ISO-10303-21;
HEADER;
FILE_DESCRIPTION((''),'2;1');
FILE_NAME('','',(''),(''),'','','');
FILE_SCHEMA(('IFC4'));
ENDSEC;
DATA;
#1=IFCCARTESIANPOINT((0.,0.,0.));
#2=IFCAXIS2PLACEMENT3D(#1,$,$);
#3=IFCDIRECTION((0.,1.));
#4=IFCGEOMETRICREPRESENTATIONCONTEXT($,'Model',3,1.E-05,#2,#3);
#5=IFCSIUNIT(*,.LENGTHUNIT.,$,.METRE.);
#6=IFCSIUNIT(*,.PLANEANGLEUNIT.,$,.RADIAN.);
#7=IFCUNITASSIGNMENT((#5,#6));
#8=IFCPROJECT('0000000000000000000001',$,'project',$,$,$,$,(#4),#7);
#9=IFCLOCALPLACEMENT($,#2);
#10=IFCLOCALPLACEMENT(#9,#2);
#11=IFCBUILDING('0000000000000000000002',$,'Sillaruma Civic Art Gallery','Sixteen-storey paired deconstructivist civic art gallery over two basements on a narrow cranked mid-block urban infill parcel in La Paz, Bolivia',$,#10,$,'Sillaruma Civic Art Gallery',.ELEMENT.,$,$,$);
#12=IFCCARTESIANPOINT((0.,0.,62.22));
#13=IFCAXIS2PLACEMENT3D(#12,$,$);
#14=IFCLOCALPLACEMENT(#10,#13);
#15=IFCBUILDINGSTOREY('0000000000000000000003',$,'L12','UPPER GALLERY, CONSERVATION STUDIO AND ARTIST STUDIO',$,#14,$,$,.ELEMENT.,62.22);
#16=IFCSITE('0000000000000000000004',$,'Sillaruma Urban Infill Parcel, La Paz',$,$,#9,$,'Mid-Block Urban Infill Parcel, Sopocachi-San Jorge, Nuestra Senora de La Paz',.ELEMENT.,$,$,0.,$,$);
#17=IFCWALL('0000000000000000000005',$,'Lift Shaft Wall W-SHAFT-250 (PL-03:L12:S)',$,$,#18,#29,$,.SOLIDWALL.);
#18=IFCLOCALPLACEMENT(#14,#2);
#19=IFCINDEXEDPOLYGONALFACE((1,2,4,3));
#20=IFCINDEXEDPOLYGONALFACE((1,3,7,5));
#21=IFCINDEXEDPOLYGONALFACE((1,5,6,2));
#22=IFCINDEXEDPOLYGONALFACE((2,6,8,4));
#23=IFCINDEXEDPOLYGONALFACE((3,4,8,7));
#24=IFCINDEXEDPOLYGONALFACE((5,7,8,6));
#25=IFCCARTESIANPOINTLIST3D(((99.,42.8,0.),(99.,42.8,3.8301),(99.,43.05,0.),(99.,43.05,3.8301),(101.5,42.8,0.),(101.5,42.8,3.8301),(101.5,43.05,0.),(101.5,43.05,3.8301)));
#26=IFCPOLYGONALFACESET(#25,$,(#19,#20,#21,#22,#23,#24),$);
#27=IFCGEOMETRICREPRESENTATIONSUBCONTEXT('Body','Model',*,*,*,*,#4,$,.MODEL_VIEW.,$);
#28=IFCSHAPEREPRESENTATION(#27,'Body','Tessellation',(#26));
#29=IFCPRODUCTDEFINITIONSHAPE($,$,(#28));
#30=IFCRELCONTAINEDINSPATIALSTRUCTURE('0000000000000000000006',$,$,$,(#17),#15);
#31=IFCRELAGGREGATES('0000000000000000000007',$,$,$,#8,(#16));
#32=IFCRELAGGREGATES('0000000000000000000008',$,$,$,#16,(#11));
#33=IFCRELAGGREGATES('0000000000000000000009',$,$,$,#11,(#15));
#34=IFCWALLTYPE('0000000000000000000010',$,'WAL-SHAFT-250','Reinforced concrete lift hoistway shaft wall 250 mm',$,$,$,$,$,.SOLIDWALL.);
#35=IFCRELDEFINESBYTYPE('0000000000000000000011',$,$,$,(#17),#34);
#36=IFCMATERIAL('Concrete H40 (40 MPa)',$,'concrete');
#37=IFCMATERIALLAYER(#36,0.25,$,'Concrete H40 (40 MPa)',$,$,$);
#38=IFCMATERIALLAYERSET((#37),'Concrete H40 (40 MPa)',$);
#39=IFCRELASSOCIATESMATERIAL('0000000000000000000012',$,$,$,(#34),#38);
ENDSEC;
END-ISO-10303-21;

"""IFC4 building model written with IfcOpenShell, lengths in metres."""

from ifc_helpers import new_model, si_unit, direction, frame, frame_2d, origin, place, context, subcontext, project, spatial, rectangle, extrude, material, layer, layer_set, type_object, element, save


model = new_model("IFC4")

# Units and contexts
model_context = context("Model", 3, precision=1e-05, world=origin(), true_north=direction((0.0, 1.0)))
body_context = subcontext(model_context, "Body", "Model", "MODEL_VIEW")
ifc_project = project(units=[si_unit("LENGTHUNIT", "METRE"), si_unit("PLANEANGLEUNIT", "RADIAN")], contexts=[model_context])

# Site, building, storey
site_placement = place(None, origin())
site = spatial("IfcSite", under=ifc_project, at=site_placement, Name="Sillaruma Urban Infill Parcel, La Paz", LongName="Mid-Block Urban Infill Parcel, Sopocachi-San Jorge, Nuestra Senora de La Paz", CompositionType="ELEMENT", RefElevation=0.0)
building_placement = place(site_placement, origin())
building = spatial("IfcBuilding", under=site, at=building_placement, Name="Sillaruma Civic Art Gallery", Description="Sixteen-storey paired deconstructivist civic art gallery over two basements on a narrow cranked mid-block urban infill parcel in La Paz, Bolivia", LongName="Sillaruma Civic Art Gallery", CompositionType="ELEMENT")
storey_placement = place(building_placement, frame((0.0, 0.0, 62.22)))
storey = spatial("IfcBuildingStorey", under=building, at=storey_placement, Name="L12", Description="UPPER GALLERY, CONSERVATION STUDIO AND ARTIST STUDIO", CompositionType="ELEMENT", Elevation=62.22)

# Shared definitions
ifc_material_1 = material(Name="Concrete H40 (40 MPa)", Category="concrete")

# Wall
ifc_layer_1 = layer(ifc_material_1, 0.25, Name="Concrete H40 (40 MPa)")
ifc_layer_set_1 = layer_set([ifc_layer_1], Name="Concrete H40 (40 MPa)")
wall_type_1 = type_object("IfcWallType", Name="WAL-SHAFT-250", Description="Reinforced concrete lift hoistway shaft wall 250 mm", PredefinedType="SOLIDWALL", material=ifc_layer_set_1)
wall_1_placement = place(storey_placement, frame((99.0, 42.925, 0.0), z_axis=(0.0, 0.0, 1.0), x_axis=(1.0, 0.0, 0.0)))
element("IfcWall", 1, at=wall_1_placement, inside=storey, type_object=wall_type_1, Name="Lift Shaft Wall W-SHAFT-250 (PL-03:L12:S)", PredefinedType="SOLIDWALL", context=body_context, shape_type="SweptSolid", body=[
    extrude(rectangle(XDim=2.5, YDim=0.25, at=frame_2d((1.25, 0.0))), origin(), (0.0, 0.0, 1.0), 3.8301),
])

save(model, "model.ifc")
